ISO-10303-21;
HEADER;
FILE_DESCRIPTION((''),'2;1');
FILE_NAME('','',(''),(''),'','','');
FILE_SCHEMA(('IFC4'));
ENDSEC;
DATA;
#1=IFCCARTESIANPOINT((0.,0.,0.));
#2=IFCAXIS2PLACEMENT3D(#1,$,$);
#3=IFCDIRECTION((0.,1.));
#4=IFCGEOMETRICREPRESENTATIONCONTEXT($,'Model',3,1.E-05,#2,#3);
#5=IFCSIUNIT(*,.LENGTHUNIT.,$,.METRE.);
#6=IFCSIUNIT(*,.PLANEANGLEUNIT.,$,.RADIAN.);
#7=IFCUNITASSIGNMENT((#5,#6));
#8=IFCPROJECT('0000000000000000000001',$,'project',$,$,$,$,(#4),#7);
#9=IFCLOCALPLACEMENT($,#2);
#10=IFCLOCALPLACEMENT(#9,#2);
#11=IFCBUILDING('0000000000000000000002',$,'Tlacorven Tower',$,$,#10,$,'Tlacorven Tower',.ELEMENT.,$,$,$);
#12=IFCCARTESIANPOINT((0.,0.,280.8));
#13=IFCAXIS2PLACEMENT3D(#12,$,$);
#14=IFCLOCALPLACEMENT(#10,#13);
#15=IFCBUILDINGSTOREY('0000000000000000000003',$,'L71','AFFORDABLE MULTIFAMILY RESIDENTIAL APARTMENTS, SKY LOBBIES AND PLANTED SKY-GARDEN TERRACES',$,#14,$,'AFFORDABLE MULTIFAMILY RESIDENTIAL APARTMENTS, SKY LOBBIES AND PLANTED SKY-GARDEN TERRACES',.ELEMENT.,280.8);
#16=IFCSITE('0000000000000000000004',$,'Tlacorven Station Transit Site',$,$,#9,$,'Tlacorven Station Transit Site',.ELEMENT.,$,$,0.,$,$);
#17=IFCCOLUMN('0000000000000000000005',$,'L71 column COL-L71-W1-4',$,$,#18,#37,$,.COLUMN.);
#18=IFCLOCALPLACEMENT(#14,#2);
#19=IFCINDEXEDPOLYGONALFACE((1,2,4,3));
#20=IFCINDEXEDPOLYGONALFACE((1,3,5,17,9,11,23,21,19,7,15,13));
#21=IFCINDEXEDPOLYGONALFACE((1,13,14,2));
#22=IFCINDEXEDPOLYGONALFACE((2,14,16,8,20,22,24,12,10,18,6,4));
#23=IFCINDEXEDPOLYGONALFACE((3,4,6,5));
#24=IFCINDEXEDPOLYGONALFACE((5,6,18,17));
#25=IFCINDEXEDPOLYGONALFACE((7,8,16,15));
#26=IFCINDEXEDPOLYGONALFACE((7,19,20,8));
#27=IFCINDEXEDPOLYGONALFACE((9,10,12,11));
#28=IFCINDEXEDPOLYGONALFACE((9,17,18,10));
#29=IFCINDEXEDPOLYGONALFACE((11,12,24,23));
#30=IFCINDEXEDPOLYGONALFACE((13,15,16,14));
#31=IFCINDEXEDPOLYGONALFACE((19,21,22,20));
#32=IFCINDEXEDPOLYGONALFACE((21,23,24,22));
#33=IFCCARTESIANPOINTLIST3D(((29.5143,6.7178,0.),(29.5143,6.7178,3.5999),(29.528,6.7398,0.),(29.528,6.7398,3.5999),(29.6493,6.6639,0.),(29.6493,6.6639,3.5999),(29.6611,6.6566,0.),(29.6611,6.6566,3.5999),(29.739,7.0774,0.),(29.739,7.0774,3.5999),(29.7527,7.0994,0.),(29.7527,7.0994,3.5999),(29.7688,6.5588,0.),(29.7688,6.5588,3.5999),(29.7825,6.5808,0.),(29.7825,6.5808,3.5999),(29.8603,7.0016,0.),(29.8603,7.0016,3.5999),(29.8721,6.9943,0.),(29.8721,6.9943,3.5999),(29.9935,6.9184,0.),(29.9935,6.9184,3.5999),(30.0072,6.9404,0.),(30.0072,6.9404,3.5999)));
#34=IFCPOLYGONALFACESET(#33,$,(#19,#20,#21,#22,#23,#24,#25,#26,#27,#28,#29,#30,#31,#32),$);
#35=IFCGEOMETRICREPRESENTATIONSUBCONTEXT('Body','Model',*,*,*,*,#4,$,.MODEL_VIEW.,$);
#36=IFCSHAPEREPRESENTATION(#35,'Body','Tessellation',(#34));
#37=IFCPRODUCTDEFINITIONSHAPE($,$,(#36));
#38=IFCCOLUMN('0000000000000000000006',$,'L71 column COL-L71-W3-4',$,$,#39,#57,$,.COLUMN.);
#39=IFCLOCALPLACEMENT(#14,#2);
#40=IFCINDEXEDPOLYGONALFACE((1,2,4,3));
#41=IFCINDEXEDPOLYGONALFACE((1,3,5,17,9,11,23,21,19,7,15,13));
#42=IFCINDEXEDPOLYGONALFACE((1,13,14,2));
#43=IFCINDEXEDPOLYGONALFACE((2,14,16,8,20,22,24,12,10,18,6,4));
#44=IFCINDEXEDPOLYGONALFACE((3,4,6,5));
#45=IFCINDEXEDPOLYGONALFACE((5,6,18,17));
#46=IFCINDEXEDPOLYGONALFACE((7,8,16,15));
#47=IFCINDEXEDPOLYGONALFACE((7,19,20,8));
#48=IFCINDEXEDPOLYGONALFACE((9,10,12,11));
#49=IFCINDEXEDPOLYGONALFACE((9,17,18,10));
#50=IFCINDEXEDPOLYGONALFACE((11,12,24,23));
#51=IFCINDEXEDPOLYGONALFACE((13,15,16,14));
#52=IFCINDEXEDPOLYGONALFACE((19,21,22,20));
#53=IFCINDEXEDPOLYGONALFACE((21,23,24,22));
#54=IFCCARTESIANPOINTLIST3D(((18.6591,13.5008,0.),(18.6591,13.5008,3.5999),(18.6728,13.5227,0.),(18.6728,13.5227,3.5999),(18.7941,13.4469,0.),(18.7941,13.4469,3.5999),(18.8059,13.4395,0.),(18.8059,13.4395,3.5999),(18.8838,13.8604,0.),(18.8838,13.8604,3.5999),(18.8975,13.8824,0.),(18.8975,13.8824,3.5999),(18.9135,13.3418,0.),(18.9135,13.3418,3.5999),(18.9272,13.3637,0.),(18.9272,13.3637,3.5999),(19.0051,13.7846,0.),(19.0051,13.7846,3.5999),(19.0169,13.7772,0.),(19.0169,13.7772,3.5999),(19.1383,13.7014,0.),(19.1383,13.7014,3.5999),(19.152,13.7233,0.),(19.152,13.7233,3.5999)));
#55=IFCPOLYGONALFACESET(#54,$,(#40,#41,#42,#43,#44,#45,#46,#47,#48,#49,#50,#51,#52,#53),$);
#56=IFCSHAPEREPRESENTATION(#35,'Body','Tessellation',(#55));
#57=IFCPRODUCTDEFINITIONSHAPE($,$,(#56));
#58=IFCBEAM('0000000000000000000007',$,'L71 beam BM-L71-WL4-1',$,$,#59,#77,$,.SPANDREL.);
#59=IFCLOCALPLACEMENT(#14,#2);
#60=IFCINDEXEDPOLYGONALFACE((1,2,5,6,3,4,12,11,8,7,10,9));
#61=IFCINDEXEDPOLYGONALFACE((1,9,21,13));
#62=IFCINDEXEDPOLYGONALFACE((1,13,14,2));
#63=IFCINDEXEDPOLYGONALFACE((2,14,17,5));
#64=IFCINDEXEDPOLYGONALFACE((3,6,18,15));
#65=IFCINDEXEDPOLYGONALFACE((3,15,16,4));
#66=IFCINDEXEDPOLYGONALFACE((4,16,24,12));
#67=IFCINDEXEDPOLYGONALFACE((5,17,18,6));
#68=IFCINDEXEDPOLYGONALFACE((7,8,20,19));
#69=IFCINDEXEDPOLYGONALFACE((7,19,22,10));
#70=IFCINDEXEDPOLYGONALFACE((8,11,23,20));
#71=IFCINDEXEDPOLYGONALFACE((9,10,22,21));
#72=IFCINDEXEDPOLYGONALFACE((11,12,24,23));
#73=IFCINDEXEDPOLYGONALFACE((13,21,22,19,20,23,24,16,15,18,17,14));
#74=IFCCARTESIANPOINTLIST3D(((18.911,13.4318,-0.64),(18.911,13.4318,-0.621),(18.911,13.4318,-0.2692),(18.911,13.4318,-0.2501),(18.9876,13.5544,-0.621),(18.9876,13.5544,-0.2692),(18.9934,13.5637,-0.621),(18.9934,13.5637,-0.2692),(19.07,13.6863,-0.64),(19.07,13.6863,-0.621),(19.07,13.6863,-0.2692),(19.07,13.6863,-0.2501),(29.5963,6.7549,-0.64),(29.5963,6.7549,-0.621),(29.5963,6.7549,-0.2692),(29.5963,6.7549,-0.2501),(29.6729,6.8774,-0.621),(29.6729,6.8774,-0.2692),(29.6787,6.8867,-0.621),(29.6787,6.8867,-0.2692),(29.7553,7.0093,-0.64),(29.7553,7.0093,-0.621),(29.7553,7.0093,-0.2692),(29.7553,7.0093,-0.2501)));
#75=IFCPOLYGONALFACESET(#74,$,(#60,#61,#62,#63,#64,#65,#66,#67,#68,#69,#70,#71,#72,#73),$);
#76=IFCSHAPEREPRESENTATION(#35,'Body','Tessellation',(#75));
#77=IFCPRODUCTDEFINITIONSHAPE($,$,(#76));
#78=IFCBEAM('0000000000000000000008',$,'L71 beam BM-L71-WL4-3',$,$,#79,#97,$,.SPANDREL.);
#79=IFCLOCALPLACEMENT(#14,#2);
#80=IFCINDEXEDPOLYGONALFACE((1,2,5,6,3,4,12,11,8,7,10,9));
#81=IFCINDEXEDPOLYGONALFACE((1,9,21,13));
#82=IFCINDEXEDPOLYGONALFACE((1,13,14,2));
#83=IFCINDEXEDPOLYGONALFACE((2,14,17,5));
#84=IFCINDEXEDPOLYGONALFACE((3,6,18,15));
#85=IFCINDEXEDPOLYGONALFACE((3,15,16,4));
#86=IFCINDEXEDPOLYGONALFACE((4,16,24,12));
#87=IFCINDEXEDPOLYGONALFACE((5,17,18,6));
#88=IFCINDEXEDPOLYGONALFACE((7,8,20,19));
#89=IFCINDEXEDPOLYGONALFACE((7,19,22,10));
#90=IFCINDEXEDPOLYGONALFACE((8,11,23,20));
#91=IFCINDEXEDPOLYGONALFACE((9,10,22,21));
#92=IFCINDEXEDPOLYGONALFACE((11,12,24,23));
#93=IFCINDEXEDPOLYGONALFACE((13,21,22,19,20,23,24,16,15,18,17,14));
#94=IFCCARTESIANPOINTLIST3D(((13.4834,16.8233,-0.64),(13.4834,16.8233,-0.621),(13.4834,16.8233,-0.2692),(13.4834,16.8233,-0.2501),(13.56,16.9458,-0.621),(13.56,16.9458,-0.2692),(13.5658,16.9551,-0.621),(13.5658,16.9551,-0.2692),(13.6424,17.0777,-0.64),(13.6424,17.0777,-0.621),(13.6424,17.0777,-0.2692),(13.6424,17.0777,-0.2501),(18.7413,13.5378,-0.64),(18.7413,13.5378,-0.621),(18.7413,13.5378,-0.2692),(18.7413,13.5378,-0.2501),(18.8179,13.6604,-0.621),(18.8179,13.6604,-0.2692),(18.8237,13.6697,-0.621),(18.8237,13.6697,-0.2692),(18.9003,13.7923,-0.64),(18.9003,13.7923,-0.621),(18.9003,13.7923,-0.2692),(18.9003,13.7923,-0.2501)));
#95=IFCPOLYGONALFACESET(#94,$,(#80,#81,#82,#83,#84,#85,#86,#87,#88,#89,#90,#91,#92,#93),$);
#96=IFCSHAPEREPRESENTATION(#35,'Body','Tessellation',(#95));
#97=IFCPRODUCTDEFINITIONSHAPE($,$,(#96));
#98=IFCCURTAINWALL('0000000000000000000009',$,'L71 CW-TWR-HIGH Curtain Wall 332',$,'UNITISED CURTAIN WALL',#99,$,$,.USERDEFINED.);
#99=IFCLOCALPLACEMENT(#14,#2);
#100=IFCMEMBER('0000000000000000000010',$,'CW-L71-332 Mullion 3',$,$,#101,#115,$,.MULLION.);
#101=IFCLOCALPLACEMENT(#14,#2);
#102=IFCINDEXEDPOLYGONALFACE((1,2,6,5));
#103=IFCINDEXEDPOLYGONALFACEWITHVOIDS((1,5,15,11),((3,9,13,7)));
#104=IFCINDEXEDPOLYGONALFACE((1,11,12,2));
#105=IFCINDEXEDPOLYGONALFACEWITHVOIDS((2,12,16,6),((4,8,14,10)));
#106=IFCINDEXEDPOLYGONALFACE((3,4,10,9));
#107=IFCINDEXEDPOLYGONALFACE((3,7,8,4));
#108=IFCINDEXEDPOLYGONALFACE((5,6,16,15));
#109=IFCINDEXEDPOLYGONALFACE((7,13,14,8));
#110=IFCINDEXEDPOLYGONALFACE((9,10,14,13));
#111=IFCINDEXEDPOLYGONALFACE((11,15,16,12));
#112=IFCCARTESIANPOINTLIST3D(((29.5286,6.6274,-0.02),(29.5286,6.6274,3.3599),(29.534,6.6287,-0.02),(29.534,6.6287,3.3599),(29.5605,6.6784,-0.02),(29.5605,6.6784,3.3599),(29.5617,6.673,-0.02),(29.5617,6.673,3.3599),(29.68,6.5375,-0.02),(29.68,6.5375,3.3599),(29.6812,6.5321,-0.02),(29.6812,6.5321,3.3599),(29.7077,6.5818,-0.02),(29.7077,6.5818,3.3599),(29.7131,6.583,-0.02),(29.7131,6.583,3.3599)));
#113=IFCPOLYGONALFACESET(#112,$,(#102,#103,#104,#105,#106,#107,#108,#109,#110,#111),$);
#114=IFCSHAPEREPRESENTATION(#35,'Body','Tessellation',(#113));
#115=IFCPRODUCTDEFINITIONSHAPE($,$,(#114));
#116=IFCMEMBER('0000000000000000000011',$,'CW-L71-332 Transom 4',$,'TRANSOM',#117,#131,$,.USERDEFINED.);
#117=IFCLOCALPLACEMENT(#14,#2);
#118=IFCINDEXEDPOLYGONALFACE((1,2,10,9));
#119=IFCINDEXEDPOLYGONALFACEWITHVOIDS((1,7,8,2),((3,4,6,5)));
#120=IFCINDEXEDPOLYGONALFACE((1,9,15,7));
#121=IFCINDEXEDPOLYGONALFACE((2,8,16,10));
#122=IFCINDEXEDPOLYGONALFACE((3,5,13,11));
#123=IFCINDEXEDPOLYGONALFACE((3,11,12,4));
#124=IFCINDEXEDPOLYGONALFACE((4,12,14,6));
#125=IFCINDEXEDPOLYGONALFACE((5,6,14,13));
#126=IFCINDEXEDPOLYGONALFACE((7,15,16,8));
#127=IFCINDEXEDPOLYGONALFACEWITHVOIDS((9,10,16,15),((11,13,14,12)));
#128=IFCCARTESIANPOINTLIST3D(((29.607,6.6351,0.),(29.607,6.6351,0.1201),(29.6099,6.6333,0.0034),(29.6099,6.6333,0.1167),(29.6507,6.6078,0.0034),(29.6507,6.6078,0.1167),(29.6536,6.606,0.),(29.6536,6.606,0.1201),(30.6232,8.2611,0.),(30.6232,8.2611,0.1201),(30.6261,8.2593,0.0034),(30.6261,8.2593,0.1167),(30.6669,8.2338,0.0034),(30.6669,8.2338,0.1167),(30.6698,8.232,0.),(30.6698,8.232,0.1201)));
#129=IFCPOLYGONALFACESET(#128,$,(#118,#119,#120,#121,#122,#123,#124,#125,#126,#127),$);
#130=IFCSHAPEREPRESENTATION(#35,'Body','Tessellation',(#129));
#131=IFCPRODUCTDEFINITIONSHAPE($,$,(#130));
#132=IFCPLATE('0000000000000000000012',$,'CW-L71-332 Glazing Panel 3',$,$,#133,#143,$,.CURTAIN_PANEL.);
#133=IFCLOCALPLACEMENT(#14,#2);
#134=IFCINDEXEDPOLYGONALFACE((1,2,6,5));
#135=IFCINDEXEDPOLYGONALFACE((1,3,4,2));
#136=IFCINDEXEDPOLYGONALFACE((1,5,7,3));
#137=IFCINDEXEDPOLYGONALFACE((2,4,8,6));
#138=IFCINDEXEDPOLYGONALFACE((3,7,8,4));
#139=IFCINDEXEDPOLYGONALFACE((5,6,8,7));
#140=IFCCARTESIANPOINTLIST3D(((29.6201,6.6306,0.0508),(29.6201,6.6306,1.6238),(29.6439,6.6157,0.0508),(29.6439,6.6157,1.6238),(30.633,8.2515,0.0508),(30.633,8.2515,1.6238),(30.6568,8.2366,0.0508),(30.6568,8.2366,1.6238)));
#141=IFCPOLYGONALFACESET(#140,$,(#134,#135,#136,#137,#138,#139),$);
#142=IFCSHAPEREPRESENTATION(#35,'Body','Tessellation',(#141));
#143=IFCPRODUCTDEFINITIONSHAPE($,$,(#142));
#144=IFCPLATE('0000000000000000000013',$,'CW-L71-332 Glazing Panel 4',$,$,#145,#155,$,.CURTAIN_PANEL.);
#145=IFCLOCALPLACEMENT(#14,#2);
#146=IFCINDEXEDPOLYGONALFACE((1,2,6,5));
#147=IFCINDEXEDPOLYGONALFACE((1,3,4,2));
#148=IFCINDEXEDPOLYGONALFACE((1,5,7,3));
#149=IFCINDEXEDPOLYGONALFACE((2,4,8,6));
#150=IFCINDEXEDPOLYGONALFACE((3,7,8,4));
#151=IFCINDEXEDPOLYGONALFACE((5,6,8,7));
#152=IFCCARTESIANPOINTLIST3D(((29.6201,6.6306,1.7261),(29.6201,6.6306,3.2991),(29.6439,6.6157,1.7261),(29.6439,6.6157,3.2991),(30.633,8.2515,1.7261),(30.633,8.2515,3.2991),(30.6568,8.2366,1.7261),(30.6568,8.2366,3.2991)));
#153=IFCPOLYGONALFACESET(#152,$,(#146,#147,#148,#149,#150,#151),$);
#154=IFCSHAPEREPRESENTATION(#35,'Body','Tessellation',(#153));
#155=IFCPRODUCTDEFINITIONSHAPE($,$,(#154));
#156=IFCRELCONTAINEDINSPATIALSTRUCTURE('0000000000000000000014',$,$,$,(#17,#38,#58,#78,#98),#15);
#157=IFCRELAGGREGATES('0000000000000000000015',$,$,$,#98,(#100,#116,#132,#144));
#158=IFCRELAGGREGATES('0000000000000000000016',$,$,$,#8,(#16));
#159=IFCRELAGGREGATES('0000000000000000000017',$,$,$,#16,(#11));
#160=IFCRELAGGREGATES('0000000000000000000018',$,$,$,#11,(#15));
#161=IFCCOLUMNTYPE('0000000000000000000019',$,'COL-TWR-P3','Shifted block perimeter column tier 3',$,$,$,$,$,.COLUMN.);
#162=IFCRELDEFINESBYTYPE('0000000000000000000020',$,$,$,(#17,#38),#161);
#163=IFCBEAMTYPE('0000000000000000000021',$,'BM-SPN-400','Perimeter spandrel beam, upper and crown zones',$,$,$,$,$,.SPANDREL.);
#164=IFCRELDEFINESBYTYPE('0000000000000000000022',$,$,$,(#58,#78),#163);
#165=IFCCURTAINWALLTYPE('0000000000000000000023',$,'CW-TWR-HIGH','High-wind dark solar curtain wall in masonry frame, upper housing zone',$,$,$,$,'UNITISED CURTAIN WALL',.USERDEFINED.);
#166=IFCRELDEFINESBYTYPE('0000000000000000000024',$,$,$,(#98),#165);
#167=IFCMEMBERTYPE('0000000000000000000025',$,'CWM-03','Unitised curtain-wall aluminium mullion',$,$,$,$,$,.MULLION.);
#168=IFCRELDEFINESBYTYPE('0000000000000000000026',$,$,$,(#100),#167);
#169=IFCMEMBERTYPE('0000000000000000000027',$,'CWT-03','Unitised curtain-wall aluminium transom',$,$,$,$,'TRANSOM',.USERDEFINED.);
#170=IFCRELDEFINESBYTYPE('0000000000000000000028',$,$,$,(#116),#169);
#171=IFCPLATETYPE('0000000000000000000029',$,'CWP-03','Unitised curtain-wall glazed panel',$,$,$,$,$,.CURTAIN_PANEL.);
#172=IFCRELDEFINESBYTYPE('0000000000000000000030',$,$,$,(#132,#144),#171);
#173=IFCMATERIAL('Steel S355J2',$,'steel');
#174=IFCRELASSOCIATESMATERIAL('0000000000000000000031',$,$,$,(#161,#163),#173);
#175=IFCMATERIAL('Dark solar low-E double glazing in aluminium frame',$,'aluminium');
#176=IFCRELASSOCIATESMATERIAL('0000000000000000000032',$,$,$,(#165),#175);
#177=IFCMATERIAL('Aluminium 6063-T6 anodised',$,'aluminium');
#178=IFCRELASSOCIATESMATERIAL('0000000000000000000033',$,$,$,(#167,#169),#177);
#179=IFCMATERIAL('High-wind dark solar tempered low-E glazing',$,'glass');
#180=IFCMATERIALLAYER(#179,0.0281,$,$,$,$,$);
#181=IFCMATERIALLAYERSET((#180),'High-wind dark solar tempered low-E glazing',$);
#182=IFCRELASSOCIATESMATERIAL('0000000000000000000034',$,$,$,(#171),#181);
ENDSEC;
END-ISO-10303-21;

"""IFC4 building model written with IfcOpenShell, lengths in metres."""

from ifc_helpers import new_model, si_unit, direction, frame, origin, origin_2d, place, context, subcontext, project, spatial, rectangle, hollow_rectangle, i_section, extrude, source, transform, mapped, material, layer, layer_set, material_profile, profile_set, type_object, element, aggregate, save


model = new_model("IFC4")

# Units and contexts
model_context = context("Model", 3, precision=1e-05, world=origin(), true_north=direction((0.0, 1.0)))
body_context = subcontext(model_context, "Body", "Model", "MODEL_VIEW")
ifc_project = project(units=[si_unit("LENGTHUNIT", "METRE"), si_unit("PLANEANGLEUNIT", "RADIAN")], contexts=[model_context])

# Site, building, storey
site_placement = place(None, origin())
site = spatial("IfcSite", under=ifc_project, at=site_placement, Name="Tlacorven Station Transit Site", LongName="Tlacorven Station Transit Site", CompositionType="ELEMENT", RefElevation=0.0)
building_placement = place(site_placement, origin())
building = spatial("IfcBuilding", under=site, at=building_placement, Name="Tlacorven Tower", LongName="Tlacorven Tower", CompositionType="ELEMENT")
storey_placement = place(building_placement, frame((0.0, 0.0, 280.8)))
storey = spatial("IfcBuildingStorey", under=building, at=storey_placement, Name="L71", Description="AFFORDABLE MULTIFAMILY RESIDENTIAL APARTMENTS, SKY LOBBIES AND PLANTED SKY-GARDEN TERRACES", LongName="AFFORDABLE MULTIFAMILY RESIDENTIAL APARTMENTS, SKY LOBBIES AND PLANTED SKY-GARDEN TERRACES", CompositionType="ELEMENT", Elevation=280.8)

# Columns
ifc_material_1 = material(Name="Steel S355J2", Category="steel")
ifc_material_profile_1 = material_profile(ifc_material_1, i_section(OverallWidth=0.3, OverallDepth=0.45, WebThickness=0.0139, FlangeThickness=0.0259, at=origin_2d()), Name="HEB 450")
ifc_profile_set_1 = profile_set([ifc_material_profile_1], Name="Steel S355J2")
column_type = type_object("IfcColumnType", Name="COL-TWR-P3", Description="Shifted block perimeter column tier 3", PredefinedType="COLUMN", material=ifc_profile_set_1)
shared_shape_1 = source(origin(), body_context, "Body", "SweptSolid", [
    extrude(i_section(OverallWidth=0.3, OverallDepth=0.45, WebThickness=0.0139, FlangeThickness=0.0259, at=origin_2d()), origin(), (0.0, 0.0, 1.0), 3.5999),
])
for number, where, z_axis, x_axis, name in (
    (1, (29.7607, 6.8291, 0.0), (0.0, 0.0, 1.0), (-0.848048, 0.529919, 0.0), "L71 column COL-L71-W1-4"),
    (2, (18.9055, 13.6121, 0.0), (0.0, 0.0, 1.0), (-0.848048, 0.529919, 0.0), "L71 column COL-L71-W3-4"),
):
    element("IfcColumn", number, at=place(storey_placement, frame(where, z_axis=z_axis, x_axis=x_axis)), inside=storey, type_object=column_type, Name=name, PredefinedType="COLUMN", context=body_context, shape_type="MappedRepresentation", body=[
        mapped(shared_shape_1, transform((0.0, 0.0, 0.0), scale=1.0)),
    ])

# Beams
ifc_material_profile_2 = material_profile(ifc_material_1, i_section(OverallWidth=0.3, OverallDepth=0.3899, WebThickness=0.011, FlangeThickness=0.019, at=origin_2d()), Name="HEA 400")
ifc_profile_set_2 = profile_set([ifc_material_profile_2], Name="Steel S355J2")
beam_type = type_object("IfcBeamType", Name="BM-SPN-400", Description="Perimeter spandrel beam, upper and crown zones", PredefinedType="SPANDREL", material=ifc_profile_set_2)
shared_shape_2 = source(origin(), body_context, "Body", "SweptSolid", [
    extrude(i_section(OverallWidth=0.3, OverallDepth=0.3899, WebThickness=0.011, FlangeThickness=0.019, at=origin_2d()), origin(), (0.0, 0.0, 1.0), 12.5999),
])
beam_1_placement = place(storey_placement, frame((29.6758, 6.8821, -0.4451), z_axis=(-0.848045, 0.529924, 0.0), x_axis=(-0.529924, -0.848045, 0.0)))
element("IfcBeam", 3, at=beam_1_placement, inside=storey, type_object=beam_type, Name="L71 beam BM-L71-WL4-1", PredefinedType="SPANDREL", context=body_context, shape_type="MappedRepresentation", body=[
    mapped(shared_shape_2, transform((0.0, 0.0, 0.0), scale=1.0)),
])
shared_shape_3 = source(origin(), body_context, "Body", "SweptSolid", [
    extrude(i_section(OverallWidth=0.3, OverallDepth=0.3899, WebThickness=0.011, FlangeThickness=0.019, at=origin_2d()), origin(), (0.0, 0.0, 1.0), 6.2),
])
beam_2_placement = place(storey_placement, frame((18.8208, 13.665, -0.4451), z_axis=(-0.848051, 0.529914, 0.0), x_axis=(-0.529914, -0.848051, 0.0)))
element("IfcBeam", 4, at=beam_2_placement, inside=storey, type_object=beam_type, Name="L71 beam BM-L71-WL4-3", PredefinedType="SPANDREL", context=body_context, shape_type="MappedRepresentation", body=[
    mapped(shared_shape_3, transform((0.0, 0.0, 0.0), scale=1.0)),
])

# Curtain wall, members, plates
ifc_material_2 = material(Name="Dark solar low-E double glazing in aluminium frame", Category="aluminium")
curtain_wall_type = type_object("IfcCurtainWallType", Name="CW-TWR-HIGH", Description="High-wind dark solar curtain wall in masonry frame, upper housing zone", ElementType="UNITISED CURTAIN WALL", PredefinedType="USERDEFINED", material=ifc_material_2)
curtain_wall_placement = place(storey_placement, origin())
curtain_wall = element("IfcCurtainWall", 5, at=curtain_wall_placement, inside=storey, type_object=curtain_wall_type, Name="L71 CW-TWR-HIGH Curtain Wall 332", ObjectType="UNITISED CURTAIN WALL", PredefinedType="USERDEFINED")
ifc_material_3 = material(Name="Aluminium 6063-T6 anodised", Category="aluminium")
ifc_material_profile_3 = material_profile(ifc_material_3, hollow_rectangle(XDim=0.0601, YDim=0.1799, WallThickness=0.0039, at=origin_2d()), Name="ALU MULLION 60X180")
ifc_profile_set_3 = profile_set([ifc_material_profile_3], Name="Aluminium 6063-T6 anodised")
member_type_1 = type_object("IfcMemberType", Name="CWM-03", Description="Unitised curtain-wall aluminium mullion", PredefinedType="MULLION", material=ifc_profile_set_3)
shared_shape_4 = source(origin(), body_context, "Body", "SweptSolid", [
    extrude(hollow_rectangle(XDim=0.0601, YDim=0.1799, WallThickness=0.0039, at=origin_2d()), origin(), (0.0, 0.0, 1.0), 3.3799),
])
member_1_placement = place(storey_placement, frame((29.6208, 6.6052, -0.02), z_axis=(0.0, 0.0, 1.0), x_axis=(-0.529919, -0.848048, 0.0)))
member_1 = element("IfcMember", 6, at=member_1_placement, type_object=member_type_1, Name="CW-L71-332 Mullion 3", PredefinedType="MULLION", context=body_context, shape_type="MappedRepresentation", body=[
    mapped(shared_shape_4, transform((0.0, 0.0, 0.0), scale=1.0)),
])
ifc_material_profile_4 = material_profile(ifc_material_3, hollow_rectangle(XDim=0.0549, YDim=0.1201, WallThickness=0.0034, at=origin_2d()), Name="ALU TRANSOM 55X120")
ifc_profile_set_4 = profile_set([ifc_material_profile_4], Name="Aluminium 6063-T6 anodised")
member_type_2 = type_object("IfcMemberType", Name="CWT-03", Description="Unitised curtain-wall aluminium transom", ElementType="TRANSOM", PredefinedType="USERDEFINED", material=ifc_profile_set_4)
shared_shape_5 = source(origin(), body_context, "Body", "SweptSolid", [
    extrude(hollow_rectangle(XDim=0.0549, YDim=0.1201, WallThickness=0.0034, at=origin_2d()), origin(), (0.0, 0.0, 1.0), 1.9175),
])
member_2_placement = place(storey_placement, frame((30.6465, 8.2466, 0.0601), z_axis=(-0.529953, -0.848027, 0.0), x_axis=(0.848027, -0.529953, 0.0)))
member_2 = element("IfcMember", 7, at=member_2_placement, type_object=member_type_2, Name="CW-L71-332 Transom 4", ObjectType="TRANSOM", PredefinedType="USERDEFINED", context=body_context, shape_type="MappedRepresentation", body=[
    mapped(shared_shape_5, transform((0.0, 0.0, 0.0), scale=1.0)),
])
ifc_material_4 = material(Name="High-wind dark solar tempered low-E glazing", Category="glass")
ifc_layer_1 = layer(ifc_material_4, 0.0281)
ifc_layer_set_1 = layer_set([ifc_layer_1], Name="High-wind dark solar tempered low-E glazing")
plate_type = type_object("IfcPlateType", Name="CWP-03", Description="Unitised curtain-wall glazed panel", PredefinedType="CURTAIN_PANEL", material=ifc_layer_set_1)
shared_shape_6 = source(origin(), body_context, "Body", "SweptSolid", [
    extrude(rectangle(XDim=1.9114, YDim=0.0281, at=origin_2d()), origin(), (0.0, 0.0, 1.0), 1.573),
])
plate_1_placement = place(storey_placement, frame((30.1384, 7.4336, 0.0508), z_axis=(0.0, 0.0, 1.0), x_axis=(-0.529919, -0.848048, 0.0)))
plate_1 = element("IfcPlate", 8, at=plate_1_placement, type_object=plate_type, Name="CW-L71-332 Glazing Panel 3", PredefinedType="CURTAIN_PANEL", context=body_context, shape_type="MappedRepresentation", body=[
    mapped(shared_shape_6, transform((0.0, 0.0, 0.0), scale=1.0)),
])
plate_2_placement = place(storey_placement, frame((30.1384, 7.4336, 1.7261), z_axis=(0.0, 0.0, 1.0), x_axis=(-0.529919, -0.848048, 0.0)))
plate_2 = element("IfcPlate", 9, at=plate_2_placement, type_object=plate_type, Name="CW-L71-332 Glazing Panel 4", PredefinedType="CURTAIN_PANEL", context=body_context, shape_type="MappedRepresentation", body=[
    mapped(shared_shape_6, transform((0.0, 0.0, 0.0), scale=1.0)),
])
aggregate(curtain_wall, [member_1, member_2, plate_1, plate_2])

save(model, "model.ifc")
